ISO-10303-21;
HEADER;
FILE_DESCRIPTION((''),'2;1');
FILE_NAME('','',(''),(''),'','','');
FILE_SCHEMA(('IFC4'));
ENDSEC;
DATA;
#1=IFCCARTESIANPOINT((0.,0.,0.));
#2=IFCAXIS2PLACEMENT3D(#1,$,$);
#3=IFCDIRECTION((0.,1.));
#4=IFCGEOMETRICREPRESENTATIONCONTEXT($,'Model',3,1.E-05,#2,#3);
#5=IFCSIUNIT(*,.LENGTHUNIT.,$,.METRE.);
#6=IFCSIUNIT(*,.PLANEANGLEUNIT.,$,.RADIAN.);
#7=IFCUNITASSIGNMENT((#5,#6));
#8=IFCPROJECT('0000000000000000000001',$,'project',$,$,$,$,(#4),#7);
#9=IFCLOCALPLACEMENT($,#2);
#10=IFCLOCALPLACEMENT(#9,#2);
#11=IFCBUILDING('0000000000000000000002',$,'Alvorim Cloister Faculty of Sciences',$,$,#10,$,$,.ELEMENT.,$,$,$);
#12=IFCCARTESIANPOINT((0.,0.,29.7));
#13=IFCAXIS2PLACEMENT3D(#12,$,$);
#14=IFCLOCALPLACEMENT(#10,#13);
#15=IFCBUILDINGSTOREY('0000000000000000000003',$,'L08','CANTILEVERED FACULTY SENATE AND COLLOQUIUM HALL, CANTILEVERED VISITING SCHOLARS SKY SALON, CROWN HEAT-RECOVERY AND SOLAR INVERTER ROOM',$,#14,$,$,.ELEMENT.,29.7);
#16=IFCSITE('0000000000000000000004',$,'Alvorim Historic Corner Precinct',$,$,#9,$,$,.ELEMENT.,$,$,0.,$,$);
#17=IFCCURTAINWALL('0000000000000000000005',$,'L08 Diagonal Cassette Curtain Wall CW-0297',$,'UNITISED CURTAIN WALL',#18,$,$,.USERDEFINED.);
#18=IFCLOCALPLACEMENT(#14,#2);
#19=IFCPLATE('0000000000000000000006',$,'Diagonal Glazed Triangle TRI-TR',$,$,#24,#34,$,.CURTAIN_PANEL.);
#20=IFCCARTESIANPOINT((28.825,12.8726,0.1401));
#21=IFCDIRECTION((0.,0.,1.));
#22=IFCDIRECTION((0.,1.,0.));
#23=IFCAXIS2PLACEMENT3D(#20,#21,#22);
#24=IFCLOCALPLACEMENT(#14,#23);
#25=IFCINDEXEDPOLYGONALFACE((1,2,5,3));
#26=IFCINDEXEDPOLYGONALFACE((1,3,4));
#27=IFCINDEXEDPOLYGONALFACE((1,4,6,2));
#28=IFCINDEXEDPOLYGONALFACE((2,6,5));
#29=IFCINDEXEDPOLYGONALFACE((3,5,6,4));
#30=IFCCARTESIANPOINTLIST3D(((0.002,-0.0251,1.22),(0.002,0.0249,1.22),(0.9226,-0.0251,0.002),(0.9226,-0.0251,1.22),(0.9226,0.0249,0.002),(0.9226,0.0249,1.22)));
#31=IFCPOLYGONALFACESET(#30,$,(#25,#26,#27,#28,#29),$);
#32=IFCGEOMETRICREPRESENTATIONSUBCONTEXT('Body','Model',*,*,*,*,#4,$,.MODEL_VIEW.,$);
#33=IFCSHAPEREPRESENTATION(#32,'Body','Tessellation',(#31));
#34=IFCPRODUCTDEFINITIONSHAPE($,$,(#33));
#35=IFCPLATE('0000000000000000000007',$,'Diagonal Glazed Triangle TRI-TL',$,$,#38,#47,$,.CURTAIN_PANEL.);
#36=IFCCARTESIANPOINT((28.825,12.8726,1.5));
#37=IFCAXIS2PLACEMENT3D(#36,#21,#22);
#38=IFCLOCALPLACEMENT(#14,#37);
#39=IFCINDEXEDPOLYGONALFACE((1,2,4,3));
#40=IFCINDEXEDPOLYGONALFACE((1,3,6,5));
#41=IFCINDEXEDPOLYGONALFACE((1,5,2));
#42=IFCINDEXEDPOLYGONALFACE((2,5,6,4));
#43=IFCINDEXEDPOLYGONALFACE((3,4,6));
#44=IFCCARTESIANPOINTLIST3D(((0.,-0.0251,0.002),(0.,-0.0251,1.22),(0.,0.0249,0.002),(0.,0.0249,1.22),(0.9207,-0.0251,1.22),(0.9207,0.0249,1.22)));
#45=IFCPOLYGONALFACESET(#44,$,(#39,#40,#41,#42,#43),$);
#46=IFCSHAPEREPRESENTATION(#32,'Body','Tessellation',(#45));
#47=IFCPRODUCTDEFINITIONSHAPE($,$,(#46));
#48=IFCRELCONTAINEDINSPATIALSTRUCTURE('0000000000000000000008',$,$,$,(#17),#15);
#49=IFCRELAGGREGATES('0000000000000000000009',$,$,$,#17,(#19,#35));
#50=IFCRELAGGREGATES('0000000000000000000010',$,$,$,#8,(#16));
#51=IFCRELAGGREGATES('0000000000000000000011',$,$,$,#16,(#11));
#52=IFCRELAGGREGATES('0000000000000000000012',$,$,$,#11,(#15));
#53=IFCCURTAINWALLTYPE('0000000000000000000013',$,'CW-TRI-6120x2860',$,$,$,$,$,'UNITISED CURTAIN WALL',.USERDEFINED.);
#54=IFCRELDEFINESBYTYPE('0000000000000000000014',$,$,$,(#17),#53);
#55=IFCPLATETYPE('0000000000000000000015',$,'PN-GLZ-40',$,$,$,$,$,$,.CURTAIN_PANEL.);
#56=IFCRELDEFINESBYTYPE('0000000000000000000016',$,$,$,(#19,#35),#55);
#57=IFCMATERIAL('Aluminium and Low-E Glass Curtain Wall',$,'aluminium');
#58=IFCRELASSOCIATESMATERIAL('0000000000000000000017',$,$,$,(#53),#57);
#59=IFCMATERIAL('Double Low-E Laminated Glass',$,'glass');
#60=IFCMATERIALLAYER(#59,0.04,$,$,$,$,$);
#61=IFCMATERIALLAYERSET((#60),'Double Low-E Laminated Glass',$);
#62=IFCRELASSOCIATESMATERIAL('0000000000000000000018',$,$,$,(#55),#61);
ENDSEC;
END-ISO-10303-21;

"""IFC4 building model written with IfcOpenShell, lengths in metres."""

from ifc_helpers import new_model, si_unit, direction, frame, origin, place, context, subcontext, project, spatial, polyline, outline, extrude, material, layer, layer_set, type_object, element, aggregate, save


model = new_model("IFC4")

# Units and contexts
model_context = context("Model", 3, precision=1e-05, world=origin(), true_north=direction((0.0, 1.0)))
body_context = subcontext(model_context, "Body", "Model", "MODEL_VIEW")
ifc_project = project(units=[si_unit("LENGTHUNIT", "METRE"), si_unit("PLANEANGLEUNIT", "RADIAN")], contexts=[model_context])

# Site, building, storey
site_placement = place(None, origin())
site = spatial("IfcSite", under=ifc_project, at=site_placement, Name="Alvorim Historic Corner Precinct", CompositionType="ELEMENT", RefElevation=0.0)
building_placement = place(site_placement, origin())
building = spatial("IfcBuilding", under=site, at=building_placement, Name="Alvorim Cloister Faculty of Sciences", CompositionType="ELEMENT")
storey_placement = place(building_placement, frame((0.0, 0.0, 29.7)))
storey = spatial("IfcBuildingStorey", under=building, at=storey_placement, Name="L08", Description="CANTILEVERED FACULTY SENATE AND COLLOQUIUM HALL, CANTILEVERED VISITING SCHOLARS SKY SALON, CROWN HEAT-RECOVERY AND SOLAR INVERTER ROOM", CompositionType="ELEMENT", Elevation=29.7)

# Shared definitions
ifc_material_1 = material(Name="Aluminium and Low-E Glass Curtain Wall", Category="aluminium")

# Curtain wall, plates
curtain_wall_type_1 = type_object("IfcCurtainWallType", Name="CW-TRI-6120x2860", ElementType="UNITISED CURTAIN WALL", PredefinedType="USERDEFINED", material=ifc_material_1)
curtain_wall_1_placement = place(storey_placement, origin())
curtain_wall_1 = element("IfcCurtainWall", 1, at=curtain_wall_1_placement, inside=storey, type_object=curtain_wall_type_1, Name="L08 Diagonal Cassette Curtain Wall CW-0297", ObjectType="UNITISED CURTAIN WALL", PredefinedType="USERDEFINED")
ifc_material_2 = material(Name="Double Low-E Laminated Glass", Category="glass")
ifc_layer_1 = layer(ifc_material_2, 0.04)
ifc_layer_set_1 = layer_set([ifc_layer_1], Name="Double Low-E Laminated Glass")
plate_type = type_object("IfcPlateType", Name="PN-GLZ-40", PredefinedType="CURTAIN_PANEL", material=ifc_layer_set_1)
plate_1_placement = place(storey_placement, frame((28.825, 12.8726, 0.1401), z_axis=(0.0, 0.0, 1.0), x_axis=(0.0, 1.0, 0.0)))
plate_1 = element("IfcPlate", 2, at=plate_1_placement, type_object=plate_type, Name="Diagonal Glazed Triangle TRI-TR", PredefinedType="CURTAIN_PANEL", context=body_context, shape_type="SweptSolid", body=[
    extrude(outline(polyline([(0.9226, 0.002), (0.9226, 1.22), (0.002, 1.22), (0.9226, 0.002)])), frame((0.0, 0.0249, 0.0), z_axis=(0.0, -1.0, 0.0), x_axis=(1.0, 0.0, 0.0)), (0.0, 0.0, 1.0), 0.05),
])
plate_2_placement = place(storey_placement, frame((28.825, 12.8726, 1.5), z_axis=(0.0, 0.0, 1.0), x_axis=(0.0, 1.0, 0.0)))
plate_2 = element("IfcPlate", 3, at=plate_2_placement, type_object=plate_type, Name="Diagonal Glazed Triangle TRI-TL", PredefinedType="CURTAIN_PANEL", context=body_context, shape_type="SweptSolid", body=[
    extrude(outline(polyline([(0.9207, 1.22), (0.0, 1.22), (0.0, 0.002), (0.9207, 1.22)])), frame((0.0, 0.0249, 0.0), z_axis=(0.0, -1.0, 0.0), x_axis=(1.0, 0.0, 0.0)), (0.0, 0.0, 1.0), 0.05),
])
aggregate(curtain_wall_1, [plate_1, plate_2])

save(model, "model.ifc")
